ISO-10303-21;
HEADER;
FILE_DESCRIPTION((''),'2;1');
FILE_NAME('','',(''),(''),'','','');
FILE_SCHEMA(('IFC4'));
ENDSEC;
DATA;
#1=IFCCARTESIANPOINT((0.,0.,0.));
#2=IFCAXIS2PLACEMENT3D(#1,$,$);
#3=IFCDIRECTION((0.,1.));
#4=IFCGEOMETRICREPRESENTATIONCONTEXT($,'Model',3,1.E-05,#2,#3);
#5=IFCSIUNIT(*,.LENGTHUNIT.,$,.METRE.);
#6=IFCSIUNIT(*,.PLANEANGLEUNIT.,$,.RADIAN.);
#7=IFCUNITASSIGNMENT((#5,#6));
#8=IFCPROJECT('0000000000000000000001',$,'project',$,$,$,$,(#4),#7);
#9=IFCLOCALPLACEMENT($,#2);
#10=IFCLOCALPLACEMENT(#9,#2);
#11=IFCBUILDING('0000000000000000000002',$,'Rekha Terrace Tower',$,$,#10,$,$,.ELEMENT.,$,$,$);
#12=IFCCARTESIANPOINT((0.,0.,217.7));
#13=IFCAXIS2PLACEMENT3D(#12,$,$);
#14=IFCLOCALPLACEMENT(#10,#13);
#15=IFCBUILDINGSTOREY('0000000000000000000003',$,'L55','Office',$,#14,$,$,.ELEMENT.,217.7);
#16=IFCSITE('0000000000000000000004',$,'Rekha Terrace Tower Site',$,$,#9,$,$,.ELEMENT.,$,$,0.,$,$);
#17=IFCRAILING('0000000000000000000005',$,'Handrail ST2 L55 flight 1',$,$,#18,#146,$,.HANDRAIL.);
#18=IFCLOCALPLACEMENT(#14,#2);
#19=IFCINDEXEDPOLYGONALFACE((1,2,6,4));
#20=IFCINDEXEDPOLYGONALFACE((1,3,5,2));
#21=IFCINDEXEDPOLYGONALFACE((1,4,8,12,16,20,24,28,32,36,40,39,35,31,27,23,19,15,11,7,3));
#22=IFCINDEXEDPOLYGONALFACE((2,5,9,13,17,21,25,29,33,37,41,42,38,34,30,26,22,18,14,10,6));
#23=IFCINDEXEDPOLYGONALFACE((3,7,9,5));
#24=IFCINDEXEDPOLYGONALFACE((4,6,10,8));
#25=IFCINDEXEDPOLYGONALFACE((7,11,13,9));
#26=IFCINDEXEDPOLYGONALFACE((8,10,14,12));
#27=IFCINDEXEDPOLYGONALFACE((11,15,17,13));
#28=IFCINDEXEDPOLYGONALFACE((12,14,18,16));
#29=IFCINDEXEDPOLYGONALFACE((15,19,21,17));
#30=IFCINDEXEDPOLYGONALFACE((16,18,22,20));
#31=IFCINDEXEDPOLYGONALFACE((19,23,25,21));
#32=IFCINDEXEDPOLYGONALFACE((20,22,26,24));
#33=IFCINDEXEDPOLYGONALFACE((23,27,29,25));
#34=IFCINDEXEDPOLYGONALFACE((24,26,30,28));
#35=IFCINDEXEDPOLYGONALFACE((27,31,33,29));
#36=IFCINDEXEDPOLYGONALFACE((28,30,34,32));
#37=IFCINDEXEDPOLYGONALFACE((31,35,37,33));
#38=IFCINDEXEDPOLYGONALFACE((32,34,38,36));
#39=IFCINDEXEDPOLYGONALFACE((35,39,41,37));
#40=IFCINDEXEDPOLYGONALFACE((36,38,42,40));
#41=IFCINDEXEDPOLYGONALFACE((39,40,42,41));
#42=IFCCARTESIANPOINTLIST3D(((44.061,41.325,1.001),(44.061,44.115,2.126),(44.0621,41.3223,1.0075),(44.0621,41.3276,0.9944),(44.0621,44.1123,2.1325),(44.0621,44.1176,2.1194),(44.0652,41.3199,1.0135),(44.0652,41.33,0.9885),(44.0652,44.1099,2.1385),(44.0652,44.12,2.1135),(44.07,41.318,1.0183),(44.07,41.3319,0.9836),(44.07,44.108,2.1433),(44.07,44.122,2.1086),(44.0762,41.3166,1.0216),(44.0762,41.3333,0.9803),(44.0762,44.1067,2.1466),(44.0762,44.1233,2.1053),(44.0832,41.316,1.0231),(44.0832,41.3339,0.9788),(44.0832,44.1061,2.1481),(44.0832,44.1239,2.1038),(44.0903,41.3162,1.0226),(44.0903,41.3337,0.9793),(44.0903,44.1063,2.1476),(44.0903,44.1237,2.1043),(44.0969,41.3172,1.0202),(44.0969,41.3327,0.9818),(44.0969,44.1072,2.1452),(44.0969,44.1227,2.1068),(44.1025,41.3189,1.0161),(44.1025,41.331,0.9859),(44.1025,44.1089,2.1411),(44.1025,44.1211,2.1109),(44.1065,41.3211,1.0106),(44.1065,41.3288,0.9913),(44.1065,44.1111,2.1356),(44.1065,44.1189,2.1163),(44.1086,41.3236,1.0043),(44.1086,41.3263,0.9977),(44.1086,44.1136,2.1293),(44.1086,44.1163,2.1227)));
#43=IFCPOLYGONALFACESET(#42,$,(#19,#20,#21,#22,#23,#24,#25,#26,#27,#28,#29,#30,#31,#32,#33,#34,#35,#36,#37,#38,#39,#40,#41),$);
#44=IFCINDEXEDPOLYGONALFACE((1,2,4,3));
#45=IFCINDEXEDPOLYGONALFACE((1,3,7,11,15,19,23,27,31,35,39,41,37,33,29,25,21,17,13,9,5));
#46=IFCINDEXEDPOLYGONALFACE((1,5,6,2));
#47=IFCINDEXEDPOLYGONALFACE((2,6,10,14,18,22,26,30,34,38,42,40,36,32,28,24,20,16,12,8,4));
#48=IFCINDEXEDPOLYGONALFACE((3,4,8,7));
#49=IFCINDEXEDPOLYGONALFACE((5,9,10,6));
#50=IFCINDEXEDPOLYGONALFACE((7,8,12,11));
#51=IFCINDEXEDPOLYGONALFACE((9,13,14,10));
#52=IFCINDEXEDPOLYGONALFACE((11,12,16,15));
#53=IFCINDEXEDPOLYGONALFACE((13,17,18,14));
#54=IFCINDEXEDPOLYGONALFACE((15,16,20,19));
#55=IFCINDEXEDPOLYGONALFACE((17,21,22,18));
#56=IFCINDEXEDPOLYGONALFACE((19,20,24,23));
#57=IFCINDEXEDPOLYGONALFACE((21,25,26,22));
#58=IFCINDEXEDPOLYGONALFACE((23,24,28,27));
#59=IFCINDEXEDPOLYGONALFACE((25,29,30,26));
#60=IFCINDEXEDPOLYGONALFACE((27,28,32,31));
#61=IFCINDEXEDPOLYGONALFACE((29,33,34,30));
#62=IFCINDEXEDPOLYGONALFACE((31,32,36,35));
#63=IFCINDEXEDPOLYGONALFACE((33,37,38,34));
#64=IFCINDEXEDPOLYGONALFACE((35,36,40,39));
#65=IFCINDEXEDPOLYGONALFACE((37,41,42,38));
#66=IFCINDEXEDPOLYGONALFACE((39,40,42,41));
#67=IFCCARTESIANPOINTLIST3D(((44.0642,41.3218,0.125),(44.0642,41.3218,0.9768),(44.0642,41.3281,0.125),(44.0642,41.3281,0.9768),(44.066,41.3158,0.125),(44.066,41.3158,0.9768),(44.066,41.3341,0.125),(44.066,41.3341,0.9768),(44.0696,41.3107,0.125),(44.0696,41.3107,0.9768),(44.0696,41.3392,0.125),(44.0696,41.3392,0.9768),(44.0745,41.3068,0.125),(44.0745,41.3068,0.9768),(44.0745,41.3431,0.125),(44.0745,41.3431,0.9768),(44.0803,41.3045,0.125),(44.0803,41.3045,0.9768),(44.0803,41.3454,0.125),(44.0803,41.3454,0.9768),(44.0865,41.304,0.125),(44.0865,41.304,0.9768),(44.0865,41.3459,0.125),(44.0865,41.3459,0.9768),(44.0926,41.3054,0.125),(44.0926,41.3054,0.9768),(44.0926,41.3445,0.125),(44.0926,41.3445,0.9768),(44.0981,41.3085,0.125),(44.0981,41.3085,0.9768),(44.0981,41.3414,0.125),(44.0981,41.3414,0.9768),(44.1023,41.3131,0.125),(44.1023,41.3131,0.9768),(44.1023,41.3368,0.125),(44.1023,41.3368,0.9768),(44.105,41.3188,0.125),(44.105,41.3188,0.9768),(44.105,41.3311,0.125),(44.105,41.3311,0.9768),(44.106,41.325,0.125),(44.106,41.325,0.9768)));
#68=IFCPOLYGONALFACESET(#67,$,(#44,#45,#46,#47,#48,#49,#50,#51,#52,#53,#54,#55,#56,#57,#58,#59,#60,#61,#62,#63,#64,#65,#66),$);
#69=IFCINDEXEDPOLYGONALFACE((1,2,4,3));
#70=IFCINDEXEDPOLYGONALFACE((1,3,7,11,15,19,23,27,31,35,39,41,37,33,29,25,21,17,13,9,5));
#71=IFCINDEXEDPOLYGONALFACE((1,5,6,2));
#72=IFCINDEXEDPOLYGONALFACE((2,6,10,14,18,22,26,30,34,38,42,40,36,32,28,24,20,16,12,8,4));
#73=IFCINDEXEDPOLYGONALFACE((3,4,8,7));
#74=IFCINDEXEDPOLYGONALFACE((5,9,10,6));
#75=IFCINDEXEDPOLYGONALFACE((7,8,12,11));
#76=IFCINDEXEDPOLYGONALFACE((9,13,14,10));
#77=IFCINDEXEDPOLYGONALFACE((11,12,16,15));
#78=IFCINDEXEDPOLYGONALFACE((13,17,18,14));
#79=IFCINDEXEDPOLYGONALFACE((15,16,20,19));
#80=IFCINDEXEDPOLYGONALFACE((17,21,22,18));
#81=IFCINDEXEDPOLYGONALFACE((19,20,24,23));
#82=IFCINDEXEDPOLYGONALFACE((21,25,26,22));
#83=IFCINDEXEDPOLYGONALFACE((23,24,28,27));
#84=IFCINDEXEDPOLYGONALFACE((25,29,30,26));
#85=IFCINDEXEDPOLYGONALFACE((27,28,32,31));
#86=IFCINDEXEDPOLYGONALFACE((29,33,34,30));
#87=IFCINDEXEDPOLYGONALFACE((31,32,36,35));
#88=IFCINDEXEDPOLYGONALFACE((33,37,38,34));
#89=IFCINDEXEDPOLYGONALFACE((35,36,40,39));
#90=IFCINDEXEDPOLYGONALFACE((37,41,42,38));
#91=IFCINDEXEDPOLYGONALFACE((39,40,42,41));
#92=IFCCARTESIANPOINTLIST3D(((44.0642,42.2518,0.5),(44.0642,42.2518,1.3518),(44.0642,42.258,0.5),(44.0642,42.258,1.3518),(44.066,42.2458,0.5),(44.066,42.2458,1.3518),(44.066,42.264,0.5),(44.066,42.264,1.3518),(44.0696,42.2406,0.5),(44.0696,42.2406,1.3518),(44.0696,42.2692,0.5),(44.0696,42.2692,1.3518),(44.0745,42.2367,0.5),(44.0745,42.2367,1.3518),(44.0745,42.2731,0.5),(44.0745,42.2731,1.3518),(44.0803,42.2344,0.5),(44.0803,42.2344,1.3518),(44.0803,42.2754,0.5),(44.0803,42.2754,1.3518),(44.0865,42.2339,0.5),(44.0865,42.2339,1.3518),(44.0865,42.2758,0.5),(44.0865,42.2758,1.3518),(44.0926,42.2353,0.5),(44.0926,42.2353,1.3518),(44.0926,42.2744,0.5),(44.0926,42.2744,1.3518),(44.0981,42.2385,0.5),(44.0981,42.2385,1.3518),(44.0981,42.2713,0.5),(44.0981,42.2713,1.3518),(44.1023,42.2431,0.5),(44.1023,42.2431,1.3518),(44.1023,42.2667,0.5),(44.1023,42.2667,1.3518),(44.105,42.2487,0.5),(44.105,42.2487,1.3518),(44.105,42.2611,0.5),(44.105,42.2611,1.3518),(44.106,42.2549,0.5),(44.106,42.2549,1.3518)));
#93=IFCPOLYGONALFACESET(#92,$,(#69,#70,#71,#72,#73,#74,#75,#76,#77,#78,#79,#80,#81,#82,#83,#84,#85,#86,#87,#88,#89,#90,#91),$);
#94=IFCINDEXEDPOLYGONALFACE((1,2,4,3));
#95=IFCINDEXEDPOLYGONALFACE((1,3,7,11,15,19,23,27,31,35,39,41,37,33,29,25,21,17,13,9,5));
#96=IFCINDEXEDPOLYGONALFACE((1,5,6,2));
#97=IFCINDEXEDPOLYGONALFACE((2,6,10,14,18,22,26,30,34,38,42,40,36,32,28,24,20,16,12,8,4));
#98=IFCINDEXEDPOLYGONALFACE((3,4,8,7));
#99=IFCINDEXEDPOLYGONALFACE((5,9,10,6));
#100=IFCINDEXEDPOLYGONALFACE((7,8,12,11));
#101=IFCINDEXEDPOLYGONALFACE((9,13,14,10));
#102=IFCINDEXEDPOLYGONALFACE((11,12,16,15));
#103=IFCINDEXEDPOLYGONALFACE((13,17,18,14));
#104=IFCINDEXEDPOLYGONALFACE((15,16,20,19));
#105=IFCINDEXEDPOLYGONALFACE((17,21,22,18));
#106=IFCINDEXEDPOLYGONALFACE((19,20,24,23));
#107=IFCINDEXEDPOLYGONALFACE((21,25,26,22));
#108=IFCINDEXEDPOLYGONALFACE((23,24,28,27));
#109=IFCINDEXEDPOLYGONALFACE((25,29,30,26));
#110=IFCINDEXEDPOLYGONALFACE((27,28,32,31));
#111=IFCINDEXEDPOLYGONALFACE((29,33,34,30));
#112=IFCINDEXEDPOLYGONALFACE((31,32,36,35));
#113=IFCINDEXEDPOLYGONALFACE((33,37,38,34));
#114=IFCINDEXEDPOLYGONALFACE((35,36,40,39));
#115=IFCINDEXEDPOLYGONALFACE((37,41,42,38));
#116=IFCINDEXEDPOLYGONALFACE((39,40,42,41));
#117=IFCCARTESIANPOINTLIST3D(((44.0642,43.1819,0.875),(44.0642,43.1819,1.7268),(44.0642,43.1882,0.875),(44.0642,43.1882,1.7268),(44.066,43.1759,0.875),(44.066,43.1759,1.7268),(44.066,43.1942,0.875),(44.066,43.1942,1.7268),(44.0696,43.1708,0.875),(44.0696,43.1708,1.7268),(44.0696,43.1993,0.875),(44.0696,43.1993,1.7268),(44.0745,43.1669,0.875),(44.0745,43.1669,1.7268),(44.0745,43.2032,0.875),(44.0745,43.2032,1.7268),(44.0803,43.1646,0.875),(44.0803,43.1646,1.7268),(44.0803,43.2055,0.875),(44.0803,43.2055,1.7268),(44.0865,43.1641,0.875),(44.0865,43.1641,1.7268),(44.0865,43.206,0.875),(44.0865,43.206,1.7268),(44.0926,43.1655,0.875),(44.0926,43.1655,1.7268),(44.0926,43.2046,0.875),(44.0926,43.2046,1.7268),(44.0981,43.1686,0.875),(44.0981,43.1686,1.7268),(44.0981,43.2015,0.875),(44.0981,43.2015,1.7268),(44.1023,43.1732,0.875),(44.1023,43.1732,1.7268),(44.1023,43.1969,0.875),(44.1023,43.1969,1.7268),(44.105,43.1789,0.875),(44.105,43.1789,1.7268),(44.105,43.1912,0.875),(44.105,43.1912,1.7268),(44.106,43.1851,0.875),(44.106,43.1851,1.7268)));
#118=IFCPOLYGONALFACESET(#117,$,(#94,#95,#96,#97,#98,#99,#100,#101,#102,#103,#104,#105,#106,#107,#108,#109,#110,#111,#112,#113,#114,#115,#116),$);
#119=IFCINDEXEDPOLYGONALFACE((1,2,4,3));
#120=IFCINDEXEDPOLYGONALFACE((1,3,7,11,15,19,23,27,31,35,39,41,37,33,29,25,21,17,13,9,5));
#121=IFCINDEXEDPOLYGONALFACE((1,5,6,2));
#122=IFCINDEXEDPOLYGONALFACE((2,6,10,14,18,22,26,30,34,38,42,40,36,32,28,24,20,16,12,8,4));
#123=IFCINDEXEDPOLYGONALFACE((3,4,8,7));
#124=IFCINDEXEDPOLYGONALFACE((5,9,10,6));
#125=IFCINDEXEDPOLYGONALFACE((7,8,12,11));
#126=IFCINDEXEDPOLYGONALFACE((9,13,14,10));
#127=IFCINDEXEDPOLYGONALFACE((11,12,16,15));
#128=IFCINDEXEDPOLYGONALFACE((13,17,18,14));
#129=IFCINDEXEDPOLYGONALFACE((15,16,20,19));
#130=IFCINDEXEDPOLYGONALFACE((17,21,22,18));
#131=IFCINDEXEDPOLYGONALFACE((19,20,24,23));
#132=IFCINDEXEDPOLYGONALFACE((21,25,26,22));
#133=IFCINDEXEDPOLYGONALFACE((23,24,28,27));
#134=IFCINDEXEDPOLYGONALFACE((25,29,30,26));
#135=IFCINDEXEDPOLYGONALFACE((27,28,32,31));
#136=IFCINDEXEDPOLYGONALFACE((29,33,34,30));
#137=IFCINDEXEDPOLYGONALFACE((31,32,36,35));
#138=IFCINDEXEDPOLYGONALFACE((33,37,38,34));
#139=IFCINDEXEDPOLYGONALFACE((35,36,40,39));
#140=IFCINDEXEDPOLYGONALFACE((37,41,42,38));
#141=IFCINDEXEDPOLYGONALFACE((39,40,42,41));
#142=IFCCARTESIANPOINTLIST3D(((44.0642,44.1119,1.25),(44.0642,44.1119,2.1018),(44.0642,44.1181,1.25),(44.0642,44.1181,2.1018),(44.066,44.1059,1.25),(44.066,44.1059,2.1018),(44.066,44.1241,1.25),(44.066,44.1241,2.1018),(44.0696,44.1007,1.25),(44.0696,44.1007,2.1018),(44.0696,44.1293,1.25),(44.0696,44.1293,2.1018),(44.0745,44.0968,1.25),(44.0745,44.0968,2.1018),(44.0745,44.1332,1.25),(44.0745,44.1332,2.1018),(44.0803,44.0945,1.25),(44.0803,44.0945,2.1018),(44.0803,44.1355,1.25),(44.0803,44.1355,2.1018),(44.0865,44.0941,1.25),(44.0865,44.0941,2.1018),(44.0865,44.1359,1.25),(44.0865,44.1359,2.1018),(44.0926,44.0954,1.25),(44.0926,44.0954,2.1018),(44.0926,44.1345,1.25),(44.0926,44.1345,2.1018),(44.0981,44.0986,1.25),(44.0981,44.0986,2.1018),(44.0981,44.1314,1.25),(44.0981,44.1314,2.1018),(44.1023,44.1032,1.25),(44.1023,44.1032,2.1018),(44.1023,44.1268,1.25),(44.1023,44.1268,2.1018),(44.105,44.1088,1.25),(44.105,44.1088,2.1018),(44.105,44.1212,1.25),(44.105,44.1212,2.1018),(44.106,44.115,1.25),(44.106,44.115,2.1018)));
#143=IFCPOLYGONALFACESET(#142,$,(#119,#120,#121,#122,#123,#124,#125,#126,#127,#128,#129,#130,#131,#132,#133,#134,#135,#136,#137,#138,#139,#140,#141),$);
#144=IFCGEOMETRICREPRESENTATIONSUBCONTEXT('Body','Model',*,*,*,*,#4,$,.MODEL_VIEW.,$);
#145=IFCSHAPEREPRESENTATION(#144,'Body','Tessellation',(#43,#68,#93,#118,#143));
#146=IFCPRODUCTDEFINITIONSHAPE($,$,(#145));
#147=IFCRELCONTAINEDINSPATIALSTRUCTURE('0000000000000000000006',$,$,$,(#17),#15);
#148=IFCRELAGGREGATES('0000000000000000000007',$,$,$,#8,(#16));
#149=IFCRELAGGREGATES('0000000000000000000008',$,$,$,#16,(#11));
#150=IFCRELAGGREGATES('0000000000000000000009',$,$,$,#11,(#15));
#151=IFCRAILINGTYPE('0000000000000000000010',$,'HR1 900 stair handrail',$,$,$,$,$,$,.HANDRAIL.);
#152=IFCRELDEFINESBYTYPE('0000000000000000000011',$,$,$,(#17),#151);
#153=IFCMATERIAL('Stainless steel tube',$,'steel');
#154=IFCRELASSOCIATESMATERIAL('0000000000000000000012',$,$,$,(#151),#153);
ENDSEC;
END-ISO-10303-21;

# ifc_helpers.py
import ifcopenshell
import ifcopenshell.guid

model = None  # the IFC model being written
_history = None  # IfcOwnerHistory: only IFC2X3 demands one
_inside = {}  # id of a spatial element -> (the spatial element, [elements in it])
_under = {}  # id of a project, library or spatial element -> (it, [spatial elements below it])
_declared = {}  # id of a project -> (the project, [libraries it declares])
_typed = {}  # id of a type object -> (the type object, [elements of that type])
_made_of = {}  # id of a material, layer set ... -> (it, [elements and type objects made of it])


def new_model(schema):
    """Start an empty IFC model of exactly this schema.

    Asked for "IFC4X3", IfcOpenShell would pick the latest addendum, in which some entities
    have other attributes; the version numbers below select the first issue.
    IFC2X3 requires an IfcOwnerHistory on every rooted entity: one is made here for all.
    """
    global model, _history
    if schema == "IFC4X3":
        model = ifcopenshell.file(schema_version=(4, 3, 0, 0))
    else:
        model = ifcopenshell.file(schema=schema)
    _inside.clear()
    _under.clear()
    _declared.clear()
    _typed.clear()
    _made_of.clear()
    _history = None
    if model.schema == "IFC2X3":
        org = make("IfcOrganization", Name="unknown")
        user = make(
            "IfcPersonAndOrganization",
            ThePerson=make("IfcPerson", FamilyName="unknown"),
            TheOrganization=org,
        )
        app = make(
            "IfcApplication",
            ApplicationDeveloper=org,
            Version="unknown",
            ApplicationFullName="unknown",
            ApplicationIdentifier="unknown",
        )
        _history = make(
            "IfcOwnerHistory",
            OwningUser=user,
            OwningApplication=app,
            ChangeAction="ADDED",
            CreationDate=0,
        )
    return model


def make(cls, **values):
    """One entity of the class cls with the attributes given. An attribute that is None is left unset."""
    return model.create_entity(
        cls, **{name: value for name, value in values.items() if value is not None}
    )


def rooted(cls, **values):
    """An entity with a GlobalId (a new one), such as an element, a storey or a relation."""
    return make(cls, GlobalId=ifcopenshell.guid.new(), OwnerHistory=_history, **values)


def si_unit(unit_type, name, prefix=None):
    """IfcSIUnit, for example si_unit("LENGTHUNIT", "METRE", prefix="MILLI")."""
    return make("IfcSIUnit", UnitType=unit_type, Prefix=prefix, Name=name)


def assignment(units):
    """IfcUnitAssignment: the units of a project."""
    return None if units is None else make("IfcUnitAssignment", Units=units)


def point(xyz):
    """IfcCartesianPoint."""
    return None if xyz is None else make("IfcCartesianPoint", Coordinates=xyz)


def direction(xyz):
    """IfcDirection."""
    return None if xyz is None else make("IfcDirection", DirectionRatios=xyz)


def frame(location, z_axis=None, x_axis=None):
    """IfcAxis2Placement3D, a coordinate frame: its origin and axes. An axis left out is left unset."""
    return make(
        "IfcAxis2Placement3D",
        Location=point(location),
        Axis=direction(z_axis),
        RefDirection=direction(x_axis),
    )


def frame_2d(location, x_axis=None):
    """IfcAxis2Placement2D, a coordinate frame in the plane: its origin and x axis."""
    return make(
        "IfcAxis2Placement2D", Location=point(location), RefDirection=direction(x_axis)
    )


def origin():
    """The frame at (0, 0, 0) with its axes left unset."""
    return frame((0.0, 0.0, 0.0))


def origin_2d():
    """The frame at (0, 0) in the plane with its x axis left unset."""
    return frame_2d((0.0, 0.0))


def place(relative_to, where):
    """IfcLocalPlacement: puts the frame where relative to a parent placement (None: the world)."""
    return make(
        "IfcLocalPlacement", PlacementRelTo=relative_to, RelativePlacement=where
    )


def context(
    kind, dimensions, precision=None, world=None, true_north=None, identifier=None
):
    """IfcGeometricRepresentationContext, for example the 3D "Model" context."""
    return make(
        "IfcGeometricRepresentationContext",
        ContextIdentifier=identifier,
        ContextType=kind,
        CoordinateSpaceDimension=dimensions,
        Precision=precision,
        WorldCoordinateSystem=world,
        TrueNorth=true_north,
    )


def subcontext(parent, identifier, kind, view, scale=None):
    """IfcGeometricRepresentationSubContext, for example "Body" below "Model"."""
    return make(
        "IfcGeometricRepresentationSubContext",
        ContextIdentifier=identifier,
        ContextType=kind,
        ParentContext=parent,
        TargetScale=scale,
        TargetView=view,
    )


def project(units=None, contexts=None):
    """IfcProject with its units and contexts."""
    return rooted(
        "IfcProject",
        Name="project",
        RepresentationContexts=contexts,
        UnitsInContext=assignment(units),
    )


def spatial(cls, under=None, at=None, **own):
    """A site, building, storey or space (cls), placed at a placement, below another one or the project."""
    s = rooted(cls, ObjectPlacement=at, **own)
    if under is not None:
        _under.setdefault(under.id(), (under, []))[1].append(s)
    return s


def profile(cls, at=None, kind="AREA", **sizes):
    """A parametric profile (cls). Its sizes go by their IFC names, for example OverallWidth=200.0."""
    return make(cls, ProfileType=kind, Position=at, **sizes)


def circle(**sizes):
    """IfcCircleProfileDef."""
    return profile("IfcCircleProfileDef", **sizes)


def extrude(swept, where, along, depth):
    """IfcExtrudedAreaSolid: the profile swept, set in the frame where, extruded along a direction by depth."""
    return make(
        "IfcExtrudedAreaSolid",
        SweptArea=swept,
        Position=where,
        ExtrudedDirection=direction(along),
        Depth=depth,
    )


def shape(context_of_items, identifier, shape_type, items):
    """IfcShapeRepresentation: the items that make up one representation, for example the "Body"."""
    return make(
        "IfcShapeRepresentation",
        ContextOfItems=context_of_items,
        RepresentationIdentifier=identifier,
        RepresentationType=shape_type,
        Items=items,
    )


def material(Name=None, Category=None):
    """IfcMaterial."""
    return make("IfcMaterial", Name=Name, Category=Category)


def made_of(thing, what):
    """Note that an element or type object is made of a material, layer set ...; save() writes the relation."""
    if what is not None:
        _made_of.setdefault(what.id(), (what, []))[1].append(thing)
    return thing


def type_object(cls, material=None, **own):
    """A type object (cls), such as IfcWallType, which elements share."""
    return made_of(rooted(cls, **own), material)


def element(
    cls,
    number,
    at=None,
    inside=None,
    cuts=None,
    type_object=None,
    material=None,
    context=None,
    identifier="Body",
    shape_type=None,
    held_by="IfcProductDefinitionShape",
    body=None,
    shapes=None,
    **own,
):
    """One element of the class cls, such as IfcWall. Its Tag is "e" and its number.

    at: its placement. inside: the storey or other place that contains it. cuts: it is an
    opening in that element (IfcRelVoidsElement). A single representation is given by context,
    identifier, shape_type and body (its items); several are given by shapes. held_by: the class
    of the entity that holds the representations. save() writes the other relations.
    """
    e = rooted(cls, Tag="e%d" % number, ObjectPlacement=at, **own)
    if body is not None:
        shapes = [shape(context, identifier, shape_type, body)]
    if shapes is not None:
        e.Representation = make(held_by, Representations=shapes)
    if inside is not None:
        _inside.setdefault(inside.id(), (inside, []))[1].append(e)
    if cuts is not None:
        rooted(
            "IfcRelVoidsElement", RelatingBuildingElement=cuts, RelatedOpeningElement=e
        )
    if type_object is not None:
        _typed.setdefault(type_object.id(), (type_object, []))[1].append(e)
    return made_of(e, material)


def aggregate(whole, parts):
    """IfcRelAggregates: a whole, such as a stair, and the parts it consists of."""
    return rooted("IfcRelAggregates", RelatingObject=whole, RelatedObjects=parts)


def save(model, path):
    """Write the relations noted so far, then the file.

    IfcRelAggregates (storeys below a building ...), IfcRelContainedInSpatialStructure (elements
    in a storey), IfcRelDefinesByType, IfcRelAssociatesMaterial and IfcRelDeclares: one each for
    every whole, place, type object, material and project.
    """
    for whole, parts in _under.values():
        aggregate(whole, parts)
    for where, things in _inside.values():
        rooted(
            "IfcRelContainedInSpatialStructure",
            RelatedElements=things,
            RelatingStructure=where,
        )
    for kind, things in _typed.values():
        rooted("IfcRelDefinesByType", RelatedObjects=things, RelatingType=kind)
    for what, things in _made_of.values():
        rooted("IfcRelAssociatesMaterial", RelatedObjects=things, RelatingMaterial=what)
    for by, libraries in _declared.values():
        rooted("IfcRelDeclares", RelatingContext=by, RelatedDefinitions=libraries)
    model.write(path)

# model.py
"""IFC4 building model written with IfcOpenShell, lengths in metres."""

from ifc_helpers import new_model, si_unit, direction, frame, origin, origin_2d, place, context, subcontext, project, spatial, circle, extrude, material, type_object, element, save


model = new_model("IFC4")

# Units and contexts
model_context = context("Model", 3, precision=1e-05, world=origin(), true_north=direction((0.0, 1.0)))
body_context = subcontext(model_context, "Body", "Model", "MODEL_VIEW")
ifc_project = project(units=[si_unit("LENGTHUNIT", "METRE"), si_unit("PLANEANGLEUNIT", "RADIAN")], contexts=[model_context])

# Site, building, storey
site_placement = place(None, origin())
site = spatial("IfcSite", under=ifc_project, at=site_placement, Name="Rekha Terrace Tower Site", CompositionType="ELEMENT", RefElevation=0.0)
building_placement = place(site_placement, origin())
building = spatial("IfcBuilding", under=site, at=building_placement, Name="Rekha Terrace Tower", CompositionType="ELEMENT")
storey_placement = place(building_placement, frame((0.0, 0.0, 217.7)))
storey = spatial("IfcBuildingStorey", under=building, at=storey_placement, Name="L55", Description="Office", CompositionType="ELEMENT", Elevation=217.7)

# Railing
ifc_material_1 = material(Name="Stainless steel tube", Category="steel")
railing_type_1 = type_object("IfcRailingType", Name="HR1 900 stair handrail", PredefinedType="HANDRAIL", material=ifc_material_1)
for number, where, name in (
    (1, (44.085, 41.325, 0.125), "Handrail ST2 L55 flight 1"),
):
    element("IfcRailing", number, at=place(storey_placement, frame(where)), inside=storey, type_object=railing_type_1, Name=name, PredefinedType="HANDRAIL", context=body_context, shape_type="SweptSolid", body=[
        extrude(circle(Radius=0.0239, at=origin_2d()), frame((0.0, 0.0, 0.876), z_axis=(0.0, 0.927443, 0.373964), x_axis=(-1.0, 0.0, 0.0)), (0.0, 0.0, 1.0), 3.0083),
        extrude(circle(Radius=0.021, at=origin_2d()), origin(), (0.0, 0.0, 1.0), 0.8518),
        extrude(circle(Radius=0.021, at=origin_2d()), frame((0.0, 0.9299, 0.375)), (0.0, 0.0, 1.0), 0.8518),
        extrude(circle(Radius=0.021, at=origin_2d()), frame((0.0, 1.8601, 0.75)), (0.0, 0.0, 1.0), 0.8518),
        extrude(circle(Radius=0.021, at=origin_2d()), frame((0.0, 2.79, 1.125)), (0.0, 0.0, 1.0), 0.8518),
    ])

save(model, "model.ifc")
